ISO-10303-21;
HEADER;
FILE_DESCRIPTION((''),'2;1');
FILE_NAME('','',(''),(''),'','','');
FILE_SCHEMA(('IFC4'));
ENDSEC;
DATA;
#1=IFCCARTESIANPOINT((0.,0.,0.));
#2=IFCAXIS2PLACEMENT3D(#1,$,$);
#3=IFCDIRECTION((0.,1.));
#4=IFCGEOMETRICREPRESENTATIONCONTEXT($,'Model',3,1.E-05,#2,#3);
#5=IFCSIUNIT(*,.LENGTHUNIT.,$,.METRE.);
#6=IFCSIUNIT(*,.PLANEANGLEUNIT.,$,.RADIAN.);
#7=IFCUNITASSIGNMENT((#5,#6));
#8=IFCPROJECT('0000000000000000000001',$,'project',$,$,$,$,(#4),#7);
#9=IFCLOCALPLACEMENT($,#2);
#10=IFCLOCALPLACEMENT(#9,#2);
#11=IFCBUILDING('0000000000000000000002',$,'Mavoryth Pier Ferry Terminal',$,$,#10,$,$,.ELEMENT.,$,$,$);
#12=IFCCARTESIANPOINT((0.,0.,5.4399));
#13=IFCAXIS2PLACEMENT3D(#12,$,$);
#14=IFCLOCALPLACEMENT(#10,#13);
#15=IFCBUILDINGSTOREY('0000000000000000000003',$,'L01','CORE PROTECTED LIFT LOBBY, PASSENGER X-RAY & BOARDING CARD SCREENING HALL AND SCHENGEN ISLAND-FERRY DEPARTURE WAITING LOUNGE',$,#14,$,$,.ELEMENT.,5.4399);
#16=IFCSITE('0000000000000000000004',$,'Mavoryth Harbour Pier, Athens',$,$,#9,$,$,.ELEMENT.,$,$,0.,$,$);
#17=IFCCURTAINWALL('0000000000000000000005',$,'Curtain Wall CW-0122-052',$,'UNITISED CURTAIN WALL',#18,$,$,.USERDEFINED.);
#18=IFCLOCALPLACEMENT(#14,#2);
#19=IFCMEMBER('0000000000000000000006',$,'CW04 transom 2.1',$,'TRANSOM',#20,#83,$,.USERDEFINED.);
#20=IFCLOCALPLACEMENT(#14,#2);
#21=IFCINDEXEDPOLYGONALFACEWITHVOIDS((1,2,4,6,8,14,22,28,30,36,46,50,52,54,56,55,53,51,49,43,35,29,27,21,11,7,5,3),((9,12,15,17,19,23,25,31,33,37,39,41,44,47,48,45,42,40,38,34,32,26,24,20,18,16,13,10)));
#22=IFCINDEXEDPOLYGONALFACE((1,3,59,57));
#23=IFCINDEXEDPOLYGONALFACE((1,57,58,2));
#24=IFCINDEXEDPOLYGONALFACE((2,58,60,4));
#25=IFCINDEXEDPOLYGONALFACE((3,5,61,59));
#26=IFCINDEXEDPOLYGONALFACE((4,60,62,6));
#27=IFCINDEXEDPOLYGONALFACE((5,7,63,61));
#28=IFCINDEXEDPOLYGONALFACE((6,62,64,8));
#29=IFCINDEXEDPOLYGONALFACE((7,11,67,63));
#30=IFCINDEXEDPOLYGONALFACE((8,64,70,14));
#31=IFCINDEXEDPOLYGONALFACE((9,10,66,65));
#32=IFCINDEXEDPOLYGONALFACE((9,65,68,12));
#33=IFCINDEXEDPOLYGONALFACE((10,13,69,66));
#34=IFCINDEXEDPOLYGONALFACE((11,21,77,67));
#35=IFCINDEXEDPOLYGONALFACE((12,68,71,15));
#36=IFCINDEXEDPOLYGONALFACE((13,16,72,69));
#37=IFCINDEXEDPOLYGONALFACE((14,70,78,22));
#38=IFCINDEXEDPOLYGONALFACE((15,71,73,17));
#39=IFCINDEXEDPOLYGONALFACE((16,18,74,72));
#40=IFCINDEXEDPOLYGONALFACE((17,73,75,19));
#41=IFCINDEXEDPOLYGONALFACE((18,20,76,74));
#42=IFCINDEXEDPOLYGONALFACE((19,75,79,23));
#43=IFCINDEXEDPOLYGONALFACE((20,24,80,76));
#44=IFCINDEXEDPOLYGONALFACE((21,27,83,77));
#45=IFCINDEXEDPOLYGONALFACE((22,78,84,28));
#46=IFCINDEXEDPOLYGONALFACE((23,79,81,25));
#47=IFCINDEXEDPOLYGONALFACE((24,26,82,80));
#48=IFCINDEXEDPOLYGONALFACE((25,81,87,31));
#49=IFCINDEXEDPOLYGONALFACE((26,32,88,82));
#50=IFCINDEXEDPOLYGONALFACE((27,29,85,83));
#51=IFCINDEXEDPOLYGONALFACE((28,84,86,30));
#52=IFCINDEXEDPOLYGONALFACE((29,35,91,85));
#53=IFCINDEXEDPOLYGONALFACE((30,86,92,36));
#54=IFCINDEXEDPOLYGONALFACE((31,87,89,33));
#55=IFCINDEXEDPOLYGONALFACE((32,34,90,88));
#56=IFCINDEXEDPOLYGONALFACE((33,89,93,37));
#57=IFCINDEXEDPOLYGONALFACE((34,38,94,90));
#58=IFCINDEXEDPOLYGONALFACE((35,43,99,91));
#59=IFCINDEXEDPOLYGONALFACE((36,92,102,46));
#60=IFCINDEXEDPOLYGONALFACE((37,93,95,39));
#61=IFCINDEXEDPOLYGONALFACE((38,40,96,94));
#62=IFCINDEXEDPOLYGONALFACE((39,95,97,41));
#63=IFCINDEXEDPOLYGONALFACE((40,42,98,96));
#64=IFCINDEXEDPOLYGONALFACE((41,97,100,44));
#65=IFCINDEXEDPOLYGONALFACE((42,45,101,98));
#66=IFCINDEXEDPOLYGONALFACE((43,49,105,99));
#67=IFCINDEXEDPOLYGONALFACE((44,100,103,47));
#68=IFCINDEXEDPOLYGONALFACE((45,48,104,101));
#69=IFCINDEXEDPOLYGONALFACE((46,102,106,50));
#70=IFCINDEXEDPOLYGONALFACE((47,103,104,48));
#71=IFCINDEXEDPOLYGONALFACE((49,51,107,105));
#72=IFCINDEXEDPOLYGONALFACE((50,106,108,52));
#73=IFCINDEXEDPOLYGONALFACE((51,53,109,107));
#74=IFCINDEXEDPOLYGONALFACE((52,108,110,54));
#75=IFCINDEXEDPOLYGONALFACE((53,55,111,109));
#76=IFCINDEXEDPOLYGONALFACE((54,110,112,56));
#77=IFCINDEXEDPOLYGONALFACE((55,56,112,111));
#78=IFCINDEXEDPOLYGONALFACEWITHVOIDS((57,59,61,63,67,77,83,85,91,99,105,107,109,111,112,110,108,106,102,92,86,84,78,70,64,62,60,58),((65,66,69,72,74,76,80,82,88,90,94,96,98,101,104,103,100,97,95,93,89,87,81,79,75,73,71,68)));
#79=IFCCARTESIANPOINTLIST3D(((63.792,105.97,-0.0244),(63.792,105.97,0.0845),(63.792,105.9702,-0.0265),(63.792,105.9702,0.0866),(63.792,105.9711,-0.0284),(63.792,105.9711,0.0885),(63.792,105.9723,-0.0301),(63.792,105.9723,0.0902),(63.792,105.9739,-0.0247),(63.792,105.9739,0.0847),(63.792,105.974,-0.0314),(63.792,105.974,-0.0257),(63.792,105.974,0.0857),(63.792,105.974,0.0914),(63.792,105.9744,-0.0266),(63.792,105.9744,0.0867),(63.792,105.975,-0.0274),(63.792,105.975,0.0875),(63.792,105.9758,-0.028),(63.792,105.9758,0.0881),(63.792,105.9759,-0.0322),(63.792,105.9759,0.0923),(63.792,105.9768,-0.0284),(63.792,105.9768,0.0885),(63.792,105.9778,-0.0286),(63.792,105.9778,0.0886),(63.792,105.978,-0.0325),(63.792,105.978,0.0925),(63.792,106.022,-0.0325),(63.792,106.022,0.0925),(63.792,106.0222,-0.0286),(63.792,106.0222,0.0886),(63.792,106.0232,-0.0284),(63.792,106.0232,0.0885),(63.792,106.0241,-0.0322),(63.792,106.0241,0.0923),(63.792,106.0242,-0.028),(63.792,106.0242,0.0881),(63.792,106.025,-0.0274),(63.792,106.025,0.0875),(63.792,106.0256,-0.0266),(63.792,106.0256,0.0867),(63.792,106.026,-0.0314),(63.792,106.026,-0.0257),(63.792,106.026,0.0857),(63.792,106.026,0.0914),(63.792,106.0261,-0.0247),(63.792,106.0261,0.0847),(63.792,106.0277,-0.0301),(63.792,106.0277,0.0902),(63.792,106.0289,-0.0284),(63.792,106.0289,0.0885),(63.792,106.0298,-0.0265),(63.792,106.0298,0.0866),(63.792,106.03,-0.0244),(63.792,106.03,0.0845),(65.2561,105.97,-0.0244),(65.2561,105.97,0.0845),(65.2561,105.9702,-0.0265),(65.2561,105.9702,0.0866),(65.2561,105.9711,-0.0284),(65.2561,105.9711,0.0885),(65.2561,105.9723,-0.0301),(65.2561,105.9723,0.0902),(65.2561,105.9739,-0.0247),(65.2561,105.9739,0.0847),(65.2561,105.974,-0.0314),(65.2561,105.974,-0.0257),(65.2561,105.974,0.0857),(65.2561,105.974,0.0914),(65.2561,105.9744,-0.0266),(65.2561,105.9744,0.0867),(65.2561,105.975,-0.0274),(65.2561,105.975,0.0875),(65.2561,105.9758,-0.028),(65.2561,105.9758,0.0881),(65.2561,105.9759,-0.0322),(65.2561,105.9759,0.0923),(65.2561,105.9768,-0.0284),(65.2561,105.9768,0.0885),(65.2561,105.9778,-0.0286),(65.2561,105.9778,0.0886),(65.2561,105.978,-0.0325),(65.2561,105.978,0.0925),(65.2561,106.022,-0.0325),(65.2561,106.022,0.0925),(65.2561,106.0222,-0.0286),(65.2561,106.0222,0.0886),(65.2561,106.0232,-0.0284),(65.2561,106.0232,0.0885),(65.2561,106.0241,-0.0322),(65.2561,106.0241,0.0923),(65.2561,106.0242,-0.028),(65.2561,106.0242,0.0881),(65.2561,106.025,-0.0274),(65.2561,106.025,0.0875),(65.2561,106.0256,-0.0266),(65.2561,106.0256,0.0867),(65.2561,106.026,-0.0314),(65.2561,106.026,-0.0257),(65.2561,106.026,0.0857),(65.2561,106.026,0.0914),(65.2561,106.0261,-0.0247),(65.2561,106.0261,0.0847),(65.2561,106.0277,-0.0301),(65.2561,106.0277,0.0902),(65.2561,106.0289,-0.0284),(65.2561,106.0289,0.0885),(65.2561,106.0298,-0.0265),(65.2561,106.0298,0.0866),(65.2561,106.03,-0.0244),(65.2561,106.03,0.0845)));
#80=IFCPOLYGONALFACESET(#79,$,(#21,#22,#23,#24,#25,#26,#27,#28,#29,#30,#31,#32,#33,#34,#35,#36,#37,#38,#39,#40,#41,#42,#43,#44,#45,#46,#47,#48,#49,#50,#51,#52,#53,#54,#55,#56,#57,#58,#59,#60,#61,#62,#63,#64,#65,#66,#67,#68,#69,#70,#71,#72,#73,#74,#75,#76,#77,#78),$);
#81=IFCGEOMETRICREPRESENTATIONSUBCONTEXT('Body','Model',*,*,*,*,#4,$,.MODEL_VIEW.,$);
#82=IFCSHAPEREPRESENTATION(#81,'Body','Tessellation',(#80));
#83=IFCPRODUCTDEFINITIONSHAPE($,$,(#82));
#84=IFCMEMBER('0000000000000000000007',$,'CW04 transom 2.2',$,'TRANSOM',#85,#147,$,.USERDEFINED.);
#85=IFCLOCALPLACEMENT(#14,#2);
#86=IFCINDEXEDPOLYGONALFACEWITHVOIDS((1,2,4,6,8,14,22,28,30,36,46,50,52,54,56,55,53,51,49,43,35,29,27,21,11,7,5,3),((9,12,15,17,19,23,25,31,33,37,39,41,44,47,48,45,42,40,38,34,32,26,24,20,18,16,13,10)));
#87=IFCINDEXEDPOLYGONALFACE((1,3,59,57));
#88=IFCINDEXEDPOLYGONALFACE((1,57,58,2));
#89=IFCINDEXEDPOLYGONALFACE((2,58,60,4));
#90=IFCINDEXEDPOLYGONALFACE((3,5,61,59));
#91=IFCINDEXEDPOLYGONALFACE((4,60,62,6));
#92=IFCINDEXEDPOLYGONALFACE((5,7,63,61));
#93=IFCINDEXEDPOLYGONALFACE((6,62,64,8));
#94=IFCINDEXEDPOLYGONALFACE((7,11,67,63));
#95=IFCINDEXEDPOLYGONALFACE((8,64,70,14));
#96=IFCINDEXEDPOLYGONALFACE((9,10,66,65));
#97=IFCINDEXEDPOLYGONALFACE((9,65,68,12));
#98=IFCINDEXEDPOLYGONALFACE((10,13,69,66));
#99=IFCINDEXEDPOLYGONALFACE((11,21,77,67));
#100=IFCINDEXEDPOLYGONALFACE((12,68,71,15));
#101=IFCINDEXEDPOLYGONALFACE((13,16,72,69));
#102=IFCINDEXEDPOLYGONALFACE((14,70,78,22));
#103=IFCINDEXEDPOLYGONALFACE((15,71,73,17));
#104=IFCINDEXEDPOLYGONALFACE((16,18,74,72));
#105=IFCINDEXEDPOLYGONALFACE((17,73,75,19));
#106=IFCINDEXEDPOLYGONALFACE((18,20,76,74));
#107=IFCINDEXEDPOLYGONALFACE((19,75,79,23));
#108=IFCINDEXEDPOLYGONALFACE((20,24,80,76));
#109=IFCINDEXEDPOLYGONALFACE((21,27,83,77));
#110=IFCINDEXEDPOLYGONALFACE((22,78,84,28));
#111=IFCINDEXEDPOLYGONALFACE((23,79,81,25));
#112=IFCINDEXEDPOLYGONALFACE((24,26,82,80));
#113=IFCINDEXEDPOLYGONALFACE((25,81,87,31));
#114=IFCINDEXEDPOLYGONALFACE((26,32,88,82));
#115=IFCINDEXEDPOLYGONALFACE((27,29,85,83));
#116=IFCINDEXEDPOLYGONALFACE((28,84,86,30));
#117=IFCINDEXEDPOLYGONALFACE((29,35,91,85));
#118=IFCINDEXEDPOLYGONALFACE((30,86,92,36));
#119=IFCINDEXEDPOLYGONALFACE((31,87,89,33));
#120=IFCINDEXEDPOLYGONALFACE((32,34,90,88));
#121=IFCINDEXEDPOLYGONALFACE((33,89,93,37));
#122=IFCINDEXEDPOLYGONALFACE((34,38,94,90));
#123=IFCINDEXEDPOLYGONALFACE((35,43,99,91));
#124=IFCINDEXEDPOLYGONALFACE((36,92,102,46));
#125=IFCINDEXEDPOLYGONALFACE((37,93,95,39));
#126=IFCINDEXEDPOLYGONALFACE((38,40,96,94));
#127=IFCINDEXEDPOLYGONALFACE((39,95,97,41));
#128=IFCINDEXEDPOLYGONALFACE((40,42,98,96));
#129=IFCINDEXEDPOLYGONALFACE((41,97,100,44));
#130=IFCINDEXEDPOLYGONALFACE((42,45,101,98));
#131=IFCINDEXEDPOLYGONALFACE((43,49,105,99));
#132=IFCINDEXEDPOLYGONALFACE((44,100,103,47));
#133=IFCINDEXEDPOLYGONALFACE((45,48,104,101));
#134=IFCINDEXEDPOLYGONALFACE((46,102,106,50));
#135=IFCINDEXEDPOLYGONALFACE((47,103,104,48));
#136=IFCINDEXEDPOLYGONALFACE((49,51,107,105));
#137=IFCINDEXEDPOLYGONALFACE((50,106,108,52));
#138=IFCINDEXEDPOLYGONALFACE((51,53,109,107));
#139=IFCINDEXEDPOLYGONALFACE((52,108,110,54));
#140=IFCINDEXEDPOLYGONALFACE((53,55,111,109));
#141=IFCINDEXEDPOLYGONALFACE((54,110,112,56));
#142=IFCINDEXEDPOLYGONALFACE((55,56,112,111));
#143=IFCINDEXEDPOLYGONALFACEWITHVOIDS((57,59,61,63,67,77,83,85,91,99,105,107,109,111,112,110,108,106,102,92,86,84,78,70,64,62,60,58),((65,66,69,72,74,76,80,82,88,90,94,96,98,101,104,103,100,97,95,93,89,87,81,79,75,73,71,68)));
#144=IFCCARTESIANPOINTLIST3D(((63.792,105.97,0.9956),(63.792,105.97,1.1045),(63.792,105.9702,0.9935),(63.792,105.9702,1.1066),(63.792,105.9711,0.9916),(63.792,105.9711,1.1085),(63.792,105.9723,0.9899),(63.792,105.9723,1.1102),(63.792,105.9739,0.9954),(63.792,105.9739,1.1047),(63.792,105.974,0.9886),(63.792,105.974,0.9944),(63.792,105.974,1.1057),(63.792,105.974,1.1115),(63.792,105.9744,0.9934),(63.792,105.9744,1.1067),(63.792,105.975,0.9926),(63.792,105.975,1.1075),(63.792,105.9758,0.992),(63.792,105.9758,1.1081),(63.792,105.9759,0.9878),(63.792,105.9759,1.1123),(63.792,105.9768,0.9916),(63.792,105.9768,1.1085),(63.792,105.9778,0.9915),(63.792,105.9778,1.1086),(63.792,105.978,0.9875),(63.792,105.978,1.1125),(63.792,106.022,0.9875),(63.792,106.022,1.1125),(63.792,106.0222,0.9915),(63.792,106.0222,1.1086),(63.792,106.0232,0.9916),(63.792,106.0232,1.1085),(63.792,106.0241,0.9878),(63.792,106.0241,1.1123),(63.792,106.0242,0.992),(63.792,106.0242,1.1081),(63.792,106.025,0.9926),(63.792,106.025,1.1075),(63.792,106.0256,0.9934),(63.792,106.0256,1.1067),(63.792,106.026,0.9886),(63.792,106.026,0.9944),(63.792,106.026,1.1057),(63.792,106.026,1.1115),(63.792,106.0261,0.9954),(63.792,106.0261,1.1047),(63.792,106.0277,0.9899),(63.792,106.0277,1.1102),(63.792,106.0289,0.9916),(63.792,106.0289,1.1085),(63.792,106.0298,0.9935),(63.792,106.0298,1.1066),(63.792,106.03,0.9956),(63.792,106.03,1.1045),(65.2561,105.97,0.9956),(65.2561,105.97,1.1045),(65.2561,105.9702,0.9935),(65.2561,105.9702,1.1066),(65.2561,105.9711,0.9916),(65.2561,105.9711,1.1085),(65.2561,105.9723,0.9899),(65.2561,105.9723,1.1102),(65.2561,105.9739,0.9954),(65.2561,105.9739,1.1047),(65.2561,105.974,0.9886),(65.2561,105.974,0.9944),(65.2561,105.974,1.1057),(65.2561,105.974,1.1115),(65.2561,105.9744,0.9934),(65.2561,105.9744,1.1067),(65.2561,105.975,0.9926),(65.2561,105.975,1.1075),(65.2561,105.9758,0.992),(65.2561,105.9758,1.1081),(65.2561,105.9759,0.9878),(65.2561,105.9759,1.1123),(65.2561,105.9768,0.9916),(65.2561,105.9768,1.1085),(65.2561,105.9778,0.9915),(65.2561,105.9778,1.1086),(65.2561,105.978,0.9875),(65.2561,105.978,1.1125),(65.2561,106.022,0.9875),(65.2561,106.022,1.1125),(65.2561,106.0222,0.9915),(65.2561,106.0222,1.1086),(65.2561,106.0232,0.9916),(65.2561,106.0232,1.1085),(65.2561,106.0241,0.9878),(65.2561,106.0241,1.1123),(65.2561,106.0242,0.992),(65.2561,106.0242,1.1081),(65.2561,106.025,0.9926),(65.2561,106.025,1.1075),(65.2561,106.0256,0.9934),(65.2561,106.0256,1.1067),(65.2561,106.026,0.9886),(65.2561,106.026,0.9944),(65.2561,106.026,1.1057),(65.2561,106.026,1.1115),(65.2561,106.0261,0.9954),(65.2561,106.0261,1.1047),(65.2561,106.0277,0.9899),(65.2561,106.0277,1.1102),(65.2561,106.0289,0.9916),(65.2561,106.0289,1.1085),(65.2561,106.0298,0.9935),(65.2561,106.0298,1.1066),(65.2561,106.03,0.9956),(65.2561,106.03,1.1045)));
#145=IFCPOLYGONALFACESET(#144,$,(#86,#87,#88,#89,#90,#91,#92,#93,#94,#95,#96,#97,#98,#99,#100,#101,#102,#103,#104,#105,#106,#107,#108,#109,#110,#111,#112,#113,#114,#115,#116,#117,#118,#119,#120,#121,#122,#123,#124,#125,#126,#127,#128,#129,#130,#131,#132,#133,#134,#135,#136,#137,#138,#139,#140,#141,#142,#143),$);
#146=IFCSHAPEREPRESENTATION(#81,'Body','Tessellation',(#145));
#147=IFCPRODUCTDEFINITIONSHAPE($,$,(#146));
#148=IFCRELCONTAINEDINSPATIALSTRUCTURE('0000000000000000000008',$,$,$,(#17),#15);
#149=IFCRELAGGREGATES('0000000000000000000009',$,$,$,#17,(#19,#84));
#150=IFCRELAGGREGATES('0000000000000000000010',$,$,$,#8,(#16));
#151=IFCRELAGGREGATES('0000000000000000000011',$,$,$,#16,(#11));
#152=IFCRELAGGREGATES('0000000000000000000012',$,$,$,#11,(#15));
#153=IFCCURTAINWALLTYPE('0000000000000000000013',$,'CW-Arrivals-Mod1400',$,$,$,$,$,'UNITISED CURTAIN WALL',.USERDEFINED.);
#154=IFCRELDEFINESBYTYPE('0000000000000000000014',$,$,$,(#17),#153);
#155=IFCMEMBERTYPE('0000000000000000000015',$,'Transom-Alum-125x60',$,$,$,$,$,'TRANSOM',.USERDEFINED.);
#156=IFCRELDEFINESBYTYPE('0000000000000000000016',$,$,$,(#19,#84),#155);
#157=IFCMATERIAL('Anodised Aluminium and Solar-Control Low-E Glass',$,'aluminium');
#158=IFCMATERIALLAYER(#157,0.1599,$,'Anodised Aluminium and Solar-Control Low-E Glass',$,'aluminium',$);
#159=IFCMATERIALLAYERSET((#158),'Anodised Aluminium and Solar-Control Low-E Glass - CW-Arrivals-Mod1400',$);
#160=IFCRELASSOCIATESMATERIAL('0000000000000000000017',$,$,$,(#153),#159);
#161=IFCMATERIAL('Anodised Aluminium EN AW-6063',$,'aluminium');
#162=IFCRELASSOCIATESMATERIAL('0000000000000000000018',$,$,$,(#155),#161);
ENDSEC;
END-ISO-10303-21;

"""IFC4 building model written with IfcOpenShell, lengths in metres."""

from ifc_helpers import new_model, si_unit, direction, frame, origin, origin_2d, place, context, subcontext, project, spatial, hollow_rectangle, extrude, material, layer, layer_set, material_profile, profile_set, type_object, element, aggregate, save


model = new_model("IFC4")

# Units and contexts
model_context = context("Model", 3, precision=1e-05, world=origin(), true_north=direction((0.0, 1.0)))
body_context = subcontext(model_context, "Body", "Model", "MODEL_VIEW")
ifc_project = project(units=[si_unit("LENGTHUNIT", "METRE"), si_unit("PLANEANGLEUNIT", "RADIAN")], contexts=[model_context])

# Site, building, storey
site_placement = place(None, origin())
site = spatial("IfcSite", under=ifc_project, at=site_placement, Name="Mavoryth Harbour Pier, Athens", CompositionType="ELEMENT", RefElevation=0.0)
building_placement = place(site_placement, origin())
building = spatial("IfcBuilding", under=site, at=building_placement, Name="Mavoryth Pier Ferry Terminal", CompositionType="ELEMENT")
storey_placement = place(building_placement, frame((0.0, 0.0, 5.4399)))
storey = spatial("IfcBuildingStorey", under=building, at=storey_placement, Name="L01", Description="CORE PROTECTED LIFT LOBBY, PASSENGER X-RAY & BOARDING CARD SCREENING HALL AND SCHENGEN ISLAND-FERRY DEPARTURE WAITING LOUNGE", CompositionType="ELEMENT", Elevation=5.4399)

# Curtain wall
ifc_material_1 = material(Name="Anodised Aluminium and Solar-Control Low-E Glass", Category="aluminium")
ifc_layer_1 = layer(ifc_material_1, 0.1599, Name="Anodised Aluminium and Solar-Control Low-E Glass", Category="aluminium")
ifc_layer_set_1 = layer_set([ifc_layer_1], Name="Anodised Aluminium and Solar-Control Low-E Glass - CW-Arrivals-Mod1400")
curtain_wall_type = type_object("IfcCurtainWallType", Name="CW-Arrivals-Mod1400", ElementType="UNITISED CURTAIN WALL", PredefinedType="USERDEFINED", material=ifc_layer_set_1)
curtain_wall_placement = place(storey_placement, origin())
curtain_wall = element("IfcCurtainWall", 1, at=curtain_wall_placement, inside=storey, type_object=curtain_wall_type, Name="Curtain Wall CW-0122-052", ObjectType="UNITISED CURTAIN WALL", PredefinedType="USERDEFINED")
ifc_material_2 = material(Name="Anodised Aluminium EN AW-6063", Category="aluminium")

# Members
ifc_material_profile_1 = material_profile(ifc_material_2, hollow_rectangle(XDim=0.0601, YDim=0.125, WallThickness=0.0039, InnerFilletRadius=0.0039, OuterFilletRadius=0.0081, at=origin_2d()), Name="AL-TRAN 125x60x4", Category="aluminium")
ifc_profile_set_1 = profile_set([ifc_material_profile_1], Name="Anodised Aluminium EN AW-6063 - AL-TRAN 125x60x4")
member_type_1 = type_object("IfcMemberType", Name="Transom-Alum-125x60", ElementType="TRANSOM", PredefinedType="USERDEFINED", material=ifc_profile_set_1)
member_1_placement = place(storey_placement, frame((65.2561, 106.0, 0.03), z_axis=(-1.0, 0.0, 0.0), x_axis=(0.0, -1.0, 0.0)))
member_1 = element("IfcMember", 2, at=member_1_placement, type_object=member_type_1, Name="CW04 transom 2.1", ObjectType="TRANSOM", PredefinedType="USERDEFINED", context=body_context, shape_type="SweptSolid", body=[
    extrude(hollow_rectangle(XDim=0.0601, YDim=0.125, WallThickness=0.0039, InnerFilletRadius=0.0039, OuterFilletRadius=0.0081, at=origin_2d()), origin(), (0.0, 0.0, 1.0), 1.4641),
])
member_2_placement = place(storey_placement, frame((65.2561, 106.0, 1.05), z_axis=(-1.0, 0.0, 0.0), x_axis=(0.0, -1.0, 0.0)))
member_2 = element("IfcMember", 3, at=member_2_placement, type_object=member_type_1, Name="CW04 transom 2.2", ObjectType="TRANSOM", PredefinedType="USERDEFINED", context=body_context, shape_type="SweptSolid", body=[
    extrude(hollow_rectangle(XDim=0.0601, YDim=0.125, WallThickness=0.0039, InnerFilletRadius=0.0039, OuterFilletRadius=0.0081, at=origin_2d()), origin(), (0.0, 0.0, 1.0), 1.4641),
])

aggregate(curtain_wall, [member_1, member_2])

save(model, "model.ifc")
